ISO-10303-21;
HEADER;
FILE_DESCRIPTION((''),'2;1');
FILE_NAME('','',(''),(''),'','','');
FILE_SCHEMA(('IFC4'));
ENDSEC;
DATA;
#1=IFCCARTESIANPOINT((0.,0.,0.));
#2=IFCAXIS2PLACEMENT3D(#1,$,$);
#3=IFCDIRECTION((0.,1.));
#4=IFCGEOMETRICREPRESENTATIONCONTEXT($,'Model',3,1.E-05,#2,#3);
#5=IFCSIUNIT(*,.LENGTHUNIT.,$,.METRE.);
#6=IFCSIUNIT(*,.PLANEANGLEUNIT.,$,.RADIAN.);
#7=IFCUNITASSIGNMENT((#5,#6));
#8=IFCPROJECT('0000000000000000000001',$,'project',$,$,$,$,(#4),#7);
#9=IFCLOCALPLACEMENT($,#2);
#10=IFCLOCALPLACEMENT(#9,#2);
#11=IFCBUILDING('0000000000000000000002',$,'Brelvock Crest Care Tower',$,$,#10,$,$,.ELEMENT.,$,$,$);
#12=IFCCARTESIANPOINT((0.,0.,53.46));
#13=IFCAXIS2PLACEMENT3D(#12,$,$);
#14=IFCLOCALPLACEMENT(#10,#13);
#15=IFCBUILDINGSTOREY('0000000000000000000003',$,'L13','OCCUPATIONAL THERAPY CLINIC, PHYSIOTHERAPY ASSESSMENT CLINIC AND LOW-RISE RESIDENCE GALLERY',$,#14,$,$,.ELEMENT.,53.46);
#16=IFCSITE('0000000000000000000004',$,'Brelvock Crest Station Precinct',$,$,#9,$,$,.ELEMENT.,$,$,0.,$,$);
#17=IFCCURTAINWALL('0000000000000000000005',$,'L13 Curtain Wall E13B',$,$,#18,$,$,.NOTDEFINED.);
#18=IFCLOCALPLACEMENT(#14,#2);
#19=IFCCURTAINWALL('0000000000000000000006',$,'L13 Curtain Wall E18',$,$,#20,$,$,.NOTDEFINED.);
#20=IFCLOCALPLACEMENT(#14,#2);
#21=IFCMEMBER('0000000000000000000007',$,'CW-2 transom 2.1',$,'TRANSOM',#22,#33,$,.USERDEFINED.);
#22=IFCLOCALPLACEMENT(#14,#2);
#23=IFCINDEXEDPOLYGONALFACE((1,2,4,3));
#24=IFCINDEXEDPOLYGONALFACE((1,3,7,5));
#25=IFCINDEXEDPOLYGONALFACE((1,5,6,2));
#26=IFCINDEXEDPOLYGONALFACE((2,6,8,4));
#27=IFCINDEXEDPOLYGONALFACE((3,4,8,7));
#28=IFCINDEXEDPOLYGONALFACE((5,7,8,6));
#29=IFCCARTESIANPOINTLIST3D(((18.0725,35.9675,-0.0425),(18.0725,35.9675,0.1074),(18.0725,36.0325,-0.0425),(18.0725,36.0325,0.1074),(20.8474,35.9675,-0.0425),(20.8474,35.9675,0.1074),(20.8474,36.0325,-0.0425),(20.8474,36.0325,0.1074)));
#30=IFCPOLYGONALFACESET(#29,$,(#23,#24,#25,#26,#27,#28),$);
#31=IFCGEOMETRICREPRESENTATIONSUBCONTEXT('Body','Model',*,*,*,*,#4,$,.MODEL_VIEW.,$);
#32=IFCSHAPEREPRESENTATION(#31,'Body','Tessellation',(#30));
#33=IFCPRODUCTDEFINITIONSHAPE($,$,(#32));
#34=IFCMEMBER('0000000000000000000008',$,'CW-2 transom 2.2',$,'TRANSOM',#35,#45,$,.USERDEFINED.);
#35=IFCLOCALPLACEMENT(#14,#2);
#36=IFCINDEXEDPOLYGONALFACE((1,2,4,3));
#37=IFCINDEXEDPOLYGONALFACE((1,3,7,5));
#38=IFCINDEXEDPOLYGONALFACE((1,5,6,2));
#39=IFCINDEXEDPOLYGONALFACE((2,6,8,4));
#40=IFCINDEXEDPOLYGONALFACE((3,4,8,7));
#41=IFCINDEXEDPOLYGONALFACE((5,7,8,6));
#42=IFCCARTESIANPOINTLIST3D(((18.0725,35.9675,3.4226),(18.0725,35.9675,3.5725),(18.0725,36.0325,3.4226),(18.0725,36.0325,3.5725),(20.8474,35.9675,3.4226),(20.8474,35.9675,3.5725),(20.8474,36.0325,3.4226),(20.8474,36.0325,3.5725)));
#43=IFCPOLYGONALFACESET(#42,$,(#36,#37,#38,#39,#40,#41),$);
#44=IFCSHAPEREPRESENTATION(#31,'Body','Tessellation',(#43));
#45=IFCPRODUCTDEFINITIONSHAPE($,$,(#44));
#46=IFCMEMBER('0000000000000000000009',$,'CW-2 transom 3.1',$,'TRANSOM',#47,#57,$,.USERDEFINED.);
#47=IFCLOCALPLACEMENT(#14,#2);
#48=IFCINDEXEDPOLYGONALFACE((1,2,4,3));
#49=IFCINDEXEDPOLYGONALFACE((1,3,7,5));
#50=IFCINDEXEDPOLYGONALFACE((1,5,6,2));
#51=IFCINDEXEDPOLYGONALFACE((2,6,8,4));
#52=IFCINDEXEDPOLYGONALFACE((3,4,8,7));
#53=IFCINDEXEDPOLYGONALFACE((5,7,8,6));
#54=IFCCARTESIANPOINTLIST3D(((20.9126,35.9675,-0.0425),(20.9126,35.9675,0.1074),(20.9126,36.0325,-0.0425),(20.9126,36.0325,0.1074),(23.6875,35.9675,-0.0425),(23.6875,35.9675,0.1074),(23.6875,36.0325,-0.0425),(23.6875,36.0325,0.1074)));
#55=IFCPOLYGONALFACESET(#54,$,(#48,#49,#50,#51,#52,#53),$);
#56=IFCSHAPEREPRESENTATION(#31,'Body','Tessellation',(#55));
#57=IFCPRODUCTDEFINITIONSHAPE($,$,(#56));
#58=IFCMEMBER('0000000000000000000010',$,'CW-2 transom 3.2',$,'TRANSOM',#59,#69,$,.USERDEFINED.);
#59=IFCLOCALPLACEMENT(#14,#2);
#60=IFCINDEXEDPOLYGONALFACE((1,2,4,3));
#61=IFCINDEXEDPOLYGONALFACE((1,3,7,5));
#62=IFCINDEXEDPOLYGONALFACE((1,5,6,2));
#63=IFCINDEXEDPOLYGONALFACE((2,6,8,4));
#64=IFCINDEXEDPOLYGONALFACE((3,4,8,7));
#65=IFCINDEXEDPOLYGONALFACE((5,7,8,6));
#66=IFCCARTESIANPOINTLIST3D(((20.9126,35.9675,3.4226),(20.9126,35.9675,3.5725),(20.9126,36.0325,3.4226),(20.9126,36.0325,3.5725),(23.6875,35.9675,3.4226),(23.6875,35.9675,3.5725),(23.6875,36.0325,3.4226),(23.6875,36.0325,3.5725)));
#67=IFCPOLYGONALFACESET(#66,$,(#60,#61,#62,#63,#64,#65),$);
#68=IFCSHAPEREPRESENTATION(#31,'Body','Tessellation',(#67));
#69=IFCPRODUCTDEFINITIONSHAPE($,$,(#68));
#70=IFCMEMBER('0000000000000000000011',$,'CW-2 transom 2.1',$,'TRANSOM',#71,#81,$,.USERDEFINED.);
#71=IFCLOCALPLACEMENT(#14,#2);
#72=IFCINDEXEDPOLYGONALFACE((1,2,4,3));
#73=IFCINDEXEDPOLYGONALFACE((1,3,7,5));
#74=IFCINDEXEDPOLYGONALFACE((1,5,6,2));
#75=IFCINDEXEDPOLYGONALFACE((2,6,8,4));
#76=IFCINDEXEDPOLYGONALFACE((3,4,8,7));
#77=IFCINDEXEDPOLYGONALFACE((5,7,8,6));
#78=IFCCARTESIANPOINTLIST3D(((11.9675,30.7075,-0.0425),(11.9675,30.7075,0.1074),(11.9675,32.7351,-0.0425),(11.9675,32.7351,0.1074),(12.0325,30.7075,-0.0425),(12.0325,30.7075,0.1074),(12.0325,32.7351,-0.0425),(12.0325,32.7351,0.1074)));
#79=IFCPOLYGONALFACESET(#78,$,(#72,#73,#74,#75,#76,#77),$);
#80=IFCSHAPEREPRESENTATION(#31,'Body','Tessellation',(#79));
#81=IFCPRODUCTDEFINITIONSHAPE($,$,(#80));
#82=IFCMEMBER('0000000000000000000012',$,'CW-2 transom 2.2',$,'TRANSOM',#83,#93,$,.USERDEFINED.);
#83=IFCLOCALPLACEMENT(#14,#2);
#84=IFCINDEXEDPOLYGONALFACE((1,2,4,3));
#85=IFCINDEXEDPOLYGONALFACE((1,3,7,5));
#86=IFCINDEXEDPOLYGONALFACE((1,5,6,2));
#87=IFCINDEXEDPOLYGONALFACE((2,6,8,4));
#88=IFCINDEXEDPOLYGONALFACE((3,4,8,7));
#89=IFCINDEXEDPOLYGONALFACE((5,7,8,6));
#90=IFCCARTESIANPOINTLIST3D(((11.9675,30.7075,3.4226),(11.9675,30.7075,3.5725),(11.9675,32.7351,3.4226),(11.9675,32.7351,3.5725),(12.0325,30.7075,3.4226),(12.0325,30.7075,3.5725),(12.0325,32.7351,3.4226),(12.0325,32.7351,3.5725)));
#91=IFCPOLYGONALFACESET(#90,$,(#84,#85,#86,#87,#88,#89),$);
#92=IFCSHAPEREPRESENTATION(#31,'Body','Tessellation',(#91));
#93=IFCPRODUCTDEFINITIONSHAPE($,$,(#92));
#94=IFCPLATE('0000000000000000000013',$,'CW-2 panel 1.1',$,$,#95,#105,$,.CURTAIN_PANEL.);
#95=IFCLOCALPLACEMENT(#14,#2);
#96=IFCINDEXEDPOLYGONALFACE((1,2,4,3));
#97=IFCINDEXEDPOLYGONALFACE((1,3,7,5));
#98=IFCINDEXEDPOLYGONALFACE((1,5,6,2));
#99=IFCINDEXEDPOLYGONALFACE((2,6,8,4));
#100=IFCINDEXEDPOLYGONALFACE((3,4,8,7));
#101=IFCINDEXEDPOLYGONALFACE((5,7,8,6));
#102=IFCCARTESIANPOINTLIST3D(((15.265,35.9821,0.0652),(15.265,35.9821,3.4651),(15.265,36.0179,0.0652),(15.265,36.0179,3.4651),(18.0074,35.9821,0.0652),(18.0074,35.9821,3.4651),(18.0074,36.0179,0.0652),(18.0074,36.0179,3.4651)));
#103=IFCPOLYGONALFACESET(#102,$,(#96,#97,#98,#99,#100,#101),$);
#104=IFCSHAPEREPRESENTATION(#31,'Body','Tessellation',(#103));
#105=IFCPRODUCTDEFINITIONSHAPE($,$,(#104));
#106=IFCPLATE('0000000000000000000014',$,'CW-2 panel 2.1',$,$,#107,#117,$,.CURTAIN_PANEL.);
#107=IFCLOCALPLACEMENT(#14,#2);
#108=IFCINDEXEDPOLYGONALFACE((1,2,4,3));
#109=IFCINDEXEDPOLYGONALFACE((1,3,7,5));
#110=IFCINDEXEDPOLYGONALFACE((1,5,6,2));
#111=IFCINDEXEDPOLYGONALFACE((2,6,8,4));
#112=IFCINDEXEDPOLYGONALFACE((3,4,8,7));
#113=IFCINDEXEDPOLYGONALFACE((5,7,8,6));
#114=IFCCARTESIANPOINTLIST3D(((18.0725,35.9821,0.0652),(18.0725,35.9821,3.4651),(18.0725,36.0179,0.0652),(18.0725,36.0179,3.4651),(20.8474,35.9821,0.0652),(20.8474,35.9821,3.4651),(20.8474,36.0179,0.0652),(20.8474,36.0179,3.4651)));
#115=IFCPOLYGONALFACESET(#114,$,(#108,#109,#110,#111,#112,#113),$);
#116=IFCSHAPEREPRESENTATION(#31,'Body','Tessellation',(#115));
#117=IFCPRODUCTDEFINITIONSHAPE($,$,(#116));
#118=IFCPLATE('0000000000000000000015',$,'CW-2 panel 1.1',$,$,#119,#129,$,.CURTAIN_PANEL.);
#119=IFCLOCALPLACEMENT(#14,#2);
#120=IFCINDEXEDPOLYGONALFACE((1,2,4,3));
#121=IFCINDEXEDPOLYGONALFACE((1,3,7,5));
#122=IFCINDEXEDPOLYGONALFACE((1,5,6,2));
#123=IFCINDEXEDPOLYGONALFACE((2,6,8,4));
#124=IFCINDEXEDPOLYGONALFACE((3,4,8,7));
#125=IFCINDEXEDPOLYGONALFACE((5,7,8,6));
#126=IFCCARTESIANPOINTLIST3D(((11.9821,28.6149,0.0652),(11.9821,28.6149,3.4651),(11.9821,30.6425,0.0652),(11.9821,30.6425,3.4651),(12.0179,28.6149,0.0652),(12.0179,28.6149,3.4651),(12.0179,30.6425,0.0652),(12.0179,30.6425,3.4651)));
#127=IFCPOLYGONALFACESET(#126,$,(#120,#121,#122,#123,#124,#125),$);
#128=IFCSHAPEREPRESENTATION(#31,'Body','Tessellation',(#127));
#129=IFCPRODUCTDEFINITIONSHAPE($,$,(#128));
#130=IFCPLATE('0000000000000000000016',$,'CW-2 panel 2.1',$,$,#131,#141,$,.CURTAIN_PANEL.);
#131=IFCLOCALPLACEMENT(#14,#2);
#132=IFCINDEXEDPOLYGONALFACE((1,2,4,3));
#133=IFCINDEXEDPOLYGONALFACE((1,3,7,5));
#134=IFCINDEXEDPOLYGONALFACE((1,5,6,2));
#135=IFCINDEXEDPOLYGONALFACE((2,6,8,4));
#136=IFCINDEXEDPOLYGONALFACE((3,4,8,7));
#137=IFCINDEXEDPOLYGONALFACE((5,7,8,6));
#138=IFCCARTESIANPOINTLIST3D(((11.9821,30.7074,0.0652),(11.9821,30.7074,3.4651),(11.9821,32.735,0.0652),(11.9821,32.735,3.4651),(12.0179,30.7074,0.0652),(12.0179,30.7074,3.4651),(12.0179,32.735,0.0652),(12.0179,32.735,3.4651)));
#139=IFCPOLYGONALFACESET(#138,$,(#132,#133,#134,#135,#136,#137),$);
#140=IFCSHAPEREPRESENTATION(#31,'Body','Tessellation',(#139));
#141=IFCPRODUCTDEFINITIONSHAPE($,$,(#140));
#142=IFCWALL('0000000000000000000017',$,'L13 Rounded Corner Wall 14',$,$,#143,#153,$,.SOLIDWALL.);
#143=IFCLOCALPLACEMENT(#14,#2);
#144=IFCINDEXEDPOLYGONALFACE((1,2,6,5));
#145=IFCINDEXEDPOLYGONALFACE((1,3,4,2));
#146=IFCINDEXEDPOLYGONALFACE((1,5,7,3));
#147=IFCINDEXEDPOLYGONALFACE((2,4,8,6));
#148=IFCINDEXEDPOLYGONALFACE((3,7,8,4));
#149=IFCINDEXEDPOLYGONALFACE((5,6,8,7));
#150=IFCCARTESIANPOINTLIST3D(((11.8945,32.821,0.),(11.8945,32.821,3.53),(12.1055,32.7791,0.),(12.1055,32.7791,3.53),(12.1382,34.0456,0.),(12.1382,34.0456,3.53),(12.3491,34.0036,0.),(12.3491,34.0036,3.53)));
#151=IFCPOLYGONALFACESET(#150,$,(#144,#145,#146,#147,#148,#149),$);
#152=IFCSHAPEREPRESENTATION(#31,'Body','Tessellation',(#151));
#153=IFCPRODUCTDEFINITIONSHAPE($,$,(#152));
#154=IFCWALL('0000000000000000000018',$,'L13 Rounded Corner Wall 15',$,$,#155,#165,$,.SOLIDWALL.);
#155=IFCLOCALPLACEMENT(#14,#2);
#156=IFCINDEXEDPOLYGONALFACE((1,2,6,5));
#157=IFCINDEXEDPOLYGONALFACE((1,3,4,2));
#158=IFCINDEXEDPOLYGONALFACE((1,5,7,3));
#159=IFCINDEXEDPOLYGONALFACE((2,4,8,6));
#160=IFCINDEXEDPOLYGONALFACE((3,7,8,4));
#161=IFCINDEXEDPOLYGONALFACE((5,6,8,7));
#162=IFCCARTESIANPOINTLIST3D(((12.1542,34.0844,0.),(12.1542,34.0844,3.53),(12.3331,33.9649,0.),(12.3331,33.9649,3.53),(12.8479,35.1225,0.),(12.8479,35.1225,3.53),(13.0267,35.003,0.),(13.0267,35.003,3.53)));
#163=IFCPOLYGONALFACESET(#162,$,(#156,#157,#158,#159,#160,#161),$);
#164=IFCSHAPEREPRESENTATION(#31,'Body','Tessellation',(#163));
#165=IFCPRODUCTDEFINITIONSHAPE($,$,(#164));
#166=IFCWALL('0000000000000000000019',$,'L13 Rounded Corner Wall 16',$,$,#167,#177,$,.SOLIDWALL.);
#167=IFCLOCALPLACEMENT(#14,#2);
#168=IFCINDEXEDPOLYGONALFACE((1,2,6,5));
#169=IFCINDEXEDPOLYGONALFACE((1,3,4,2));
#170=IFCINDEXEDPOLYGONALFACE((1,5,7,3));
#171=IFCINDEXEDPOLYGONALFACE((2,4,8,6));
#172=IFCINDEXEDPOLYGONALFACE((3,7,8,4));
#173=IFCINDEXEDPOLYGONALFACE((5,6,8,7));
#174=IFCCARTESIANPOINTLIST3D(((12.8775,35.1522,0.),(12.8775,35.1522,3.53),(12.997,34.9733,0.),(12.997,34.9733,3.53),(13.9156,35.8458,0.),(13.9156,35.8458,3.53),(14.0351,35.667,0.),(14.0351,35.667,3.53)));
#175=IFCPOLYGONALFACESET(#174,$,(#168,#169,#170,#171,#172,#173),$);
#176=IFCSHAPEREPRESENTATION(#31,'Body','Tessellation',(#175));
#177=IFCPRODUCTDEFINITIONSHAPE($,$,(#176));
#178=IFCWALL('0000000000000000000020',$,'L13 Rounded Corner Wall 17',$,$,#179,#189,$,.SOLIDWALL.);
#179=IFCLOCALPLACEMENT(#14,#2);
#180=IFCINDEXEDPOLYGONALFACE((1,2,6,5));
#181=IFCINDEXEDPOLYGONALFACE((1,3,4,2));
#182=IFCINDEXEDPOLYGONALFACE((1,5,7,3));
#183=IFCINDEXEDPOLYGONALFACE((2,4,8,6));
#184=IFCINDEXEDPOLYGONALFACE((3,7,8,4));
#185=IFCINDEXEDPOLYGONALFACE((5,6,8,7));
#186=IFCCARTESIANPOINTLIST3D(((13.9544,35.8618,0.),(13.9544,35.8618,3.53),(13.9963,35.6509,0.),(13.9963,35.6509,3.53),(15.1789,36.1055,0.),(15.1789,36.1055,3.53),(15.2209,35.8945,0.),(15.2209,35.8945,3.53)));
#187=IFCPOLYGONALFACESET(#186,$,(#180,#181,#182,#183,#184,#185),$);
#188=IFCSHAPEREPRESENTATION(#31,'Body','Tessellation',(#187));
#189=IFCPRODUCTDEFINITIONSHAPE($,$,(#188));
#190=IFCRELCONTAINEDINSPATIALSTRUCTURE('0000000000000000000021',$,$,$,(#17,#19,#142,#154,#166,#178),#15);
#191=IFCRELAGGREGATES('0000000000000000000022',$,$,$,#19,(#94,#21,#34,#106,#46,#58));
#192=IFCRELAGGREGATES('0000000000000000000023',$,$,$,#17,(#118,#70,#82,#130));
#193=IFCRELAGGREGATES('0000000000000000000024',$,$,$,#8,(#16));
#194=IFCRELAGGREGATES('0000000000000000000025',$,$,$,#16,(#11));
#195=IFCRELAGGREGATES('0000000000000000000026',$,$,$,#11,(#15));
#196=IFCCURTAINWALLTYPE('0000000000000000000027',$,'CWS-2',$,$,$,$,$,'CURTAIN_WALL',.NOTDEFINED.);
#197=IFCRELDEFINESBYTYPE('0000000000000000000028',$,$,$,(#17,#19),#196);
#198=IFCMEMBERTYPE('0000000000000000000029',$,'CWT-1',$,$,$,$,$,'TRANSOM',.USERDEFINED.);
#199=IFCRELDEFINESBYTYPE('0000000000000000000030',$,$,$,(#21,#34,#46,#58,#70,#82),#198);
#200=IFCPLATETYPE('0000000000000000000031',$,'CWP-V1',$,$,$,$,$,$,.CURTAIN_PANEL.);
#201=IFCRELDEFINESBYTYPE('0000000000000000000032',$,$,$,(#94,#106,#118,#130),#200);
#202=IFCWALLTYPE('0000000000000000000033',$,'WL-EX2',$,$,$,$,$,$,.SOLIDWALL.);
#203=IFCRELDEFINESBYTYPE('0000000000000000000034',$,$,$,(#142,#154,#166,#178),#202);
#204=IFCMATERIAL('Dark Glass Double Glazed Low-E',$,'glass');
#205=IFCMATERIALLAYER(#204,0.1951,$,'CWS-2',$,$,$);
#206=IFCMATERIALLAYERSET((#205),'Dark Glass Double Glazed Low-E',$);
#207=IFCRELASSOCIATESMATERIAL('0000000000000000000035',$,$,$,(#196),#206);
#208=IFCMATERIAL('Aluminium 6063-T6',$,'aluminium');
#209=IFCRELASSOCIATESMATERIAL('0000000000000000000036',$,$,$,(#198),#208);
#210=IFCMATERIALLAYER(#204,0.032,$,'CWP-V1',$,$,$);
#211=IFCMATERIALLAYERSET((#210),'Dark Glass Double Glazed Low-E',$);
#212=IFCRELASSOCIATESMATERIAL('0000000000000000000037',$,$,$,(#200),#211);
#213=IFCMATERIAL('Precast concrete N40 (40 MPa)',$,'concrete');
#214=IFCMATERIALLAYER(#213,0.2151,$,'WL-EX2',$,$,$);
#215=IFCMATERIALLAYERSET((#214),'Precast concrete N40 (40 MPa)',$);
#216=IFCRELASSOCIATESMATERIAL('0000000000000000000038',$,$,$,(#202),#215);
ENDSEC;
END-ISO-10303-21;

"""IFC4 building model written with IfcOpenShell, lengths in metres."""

from ifc_helpers import new_model, si_unit, direction, frame, frame_2d, origin, origin_2d, place, context, subcontext, project, spatial, rectangle, extrude, source, transform, mapped, material, layer, layer_set, material_profile, profile_set, type_object, element, aggregate, save


model = new_model("IFC4")

# Units and contexts
model_context = context("Model", 3, precision=1e-05, world=origin(), true_north=direction((0.0, 1.0)))
body_context = subcontext(model_context, "Body", "Model", "MODEL_VIEW")
ifc_project = project(units=[si_unit("LENGTHUNIT", "METRE"), si_unit("PLANEANGLEUNIT", "RADIAN")], contexts=[model_context])

# Site, building, storey
site_placement = place(None, origin())
site = spatial("IfcSite", under=ifc_project, at=site_placement, Name="Brelvock Crest Station Precinct", CompositionType="ELEMENT", RefElevation=0.0)
building_placement = place(site_placement, origin())
building = spatial("IfcBuilding", under=site, at=building_placement, Name="Brelvock Crest Care Tower", CompositionType="ELEMENT")
storey_placement = place(building_placement, frame((0.0, 0.0, 53.46)))
storey = spatial("IfcBuildingStorey", under=building, at=storey_placement, Name="L13", Description="OCCUPATIONAL THERAPY CLINIC, PHYSIOTHERAPY ASSESSMENT CLINIC AND LOW-RISE RESIDENCE GALLERY", CompositionType="ELEMENT", Elevation=53.46)

# Curtain walls, members
ifc_material_1 = material(Name="Dark Glass Double Glazed Low-E", Category="glass")
ifc_layer_1 = layer(ifc_material_1, 0.1951, Name="CWS-2")
ifc_layer_set_1 = layer_set([ifc_layer_1], Name="Dark Glass Double Glazed Low-E")
curtain_wall_type = type_object("IfcCurtainWallType", Name="CWS-2", ElementType="CURTAIN_WALL", PredefinedType="NOTDEFINED", material=ifc_layer_set_1)
curtain_wall_1_placement = place(storey_placement, origin())
curtain_wall_1 = element("IfcCurtainWall", 1, at=curtain_wall_1_placement, inside=storey, type_object=curtain_wall_type, Name="L13 Curtain Wall E13B", PredefinedType="NOTDEFINED")
ifc_material_2 = material(Name="Aluminium 6063-T6", Category="aluminium")
curtain_wall_2_placement = place(storey_placement, origin())
curtain_wall_2 = element("IfcCurtainWall", 2, at=curtain_wall_2_placement, inside=storey, type_object=curtain_wall_type, Name="L13 Curtain Wall E18", PredefinedType="NOTDEFINED")
ifc_material_profile_1 = material_profile(ifc_material_2, rectangle(XDim=0.0649, YDim=0.1499, at=origin_2d()), Name="ALU65x150")
ifc_profile_set_1 = profile_set([ifc_material_profile_1], Name="Aluminium 6063-T6")
member_type_1 = type_object("IfcMemberType", Name="CWT-1", ElementType="TRANSOM", PredefinedType="USERDEFINED", material=ifc_profile_set_1)
shared_shape_1 = source(origin(), body_context, "Body", "SweptSolid", [
    extrude(rectangle(XDim=0.0649, YDim=0.1499, at=origin_2d()), origin(), (0.0, 0.0, 1.0), 2.7749),
])
member_1_placement = place(storey_placement, frame((18.0725, 36.0, 0.0325), z_axis=(1.0, 0.0, 0.0), x_axis=(0.0, 1.0, 0.0)))
member_1 = element("IfcMember", 3, at=member_1_placement, type_object=member_type_1, Name="CW-2 transom 2.1", ObjectType="TRANSOM", PredefinedType="USERDEFINED", context=body_context, shape_type="MappedRepresentation", body=[
    mapped(shared_shape_1, transform((0.0, 0.0, 0.0), x_axis=(1.0, 0.0, 0.0), y_axis=(0.0, 1.0, 0.0), z_axis=(0.0, 0.0, 1.0), scale=1.0)),
])
member_2_placement = place(storey_placement, frame((18.0725, 36.0, 3.4976), z_axis=(1.0, 0.0, 0.0), x_axis=(0.0, 1.0, 0.0)))
member_2 = element("IfcMember", 4, at=member_2_placement, type_object=member_type_1, Name="CW-2 transom 2.2", ObjectType="TRANSOM", PredefinedType="USERDEFINED", context=body_context, shape_type="MappedRepresentation", body=[
    mapped(shared_shape_1, transform((0.0, 0.0, 0.0), x_axis=(1.0, 0.0, 0.0), y_axis=(0.0, 1.0, 0.0), z_axis=(0.0, 0.0, 1.0), scale=1.0)),
])
member_3_placement = place(storey_placement, frame((20.9126, 36.0, 0.0325), z_axis=(1.0, 0.0, 0.0), x_axis=(0.0, 1.0, 0.0)))
member_3 = element("IfcMember", 5, at=member_3_placement, type_object=member_type_1, Name="CW-2 transom 3.1", ObjectType="TRANSOM", PredefinedType="USERDEFINED", context=body_context, shape_type="MappedRepresentation", body=[
    mapped(shared_shape_1, transform((0.0, 0.0, 0.0), x_axis=(1.0, 0.0, 0.0), y_axis=(0.0, 1.0, 0.0), z_axis=(0.0, 0.0, 1.0), scale=1.0)),
])
member_4_placement = place(storey_placement, frame((20.9126, 36.0, 3.4976), z_axis=(1.0, 0.0, 0.0), x_axis=(0.0, 1.0, 0.0)))
member_4 = element("IfcMember", 6, at=member_4_placement, type_object=member_type_1, Name="CW-2 transom 3.2", ObjectType="TRANSOM", PredefinedType="USERDEFINED", context=body_context, shape_type="MappedRepresentation", body=[
    mapped(shared_shape_1, transform((0.0, 0.0, 0.0), x_axis=(1.0, 0.0, 0.0), y_axis=(0.0, 1.0, 0.0), z_axis=(0.0, 0.0, 1.0), scale=1.0)),
])

# Members
shared_shape_2 = source(origin(), body_context, "Body", "SweptSolid", [
    extrude(rectangle(XDim=0.0649, YDim=0.1499, at=origin_2d()), origin(), (0.0, 0.0, 1.0), 2.0276),
])
member_5_placement = place(storey_placement, frame((12.0, 30.7075, 0.0325), z_axis=(0.0, 1.0, 0.0), x_axis=(-1.0, 0.0, 0.0)))
member_5 = element("IfcMember", 7, at=member_5_placement, type_object=member_type_1, Name="CW-2 transom 2.1", ObjectType="TRANSOM", PredefinedType="USERDEFINED", context=body_context, shape_type="MappedRepresentation", body=[
    mapped(shared_shape_2, transform((0.0, 0.0, 0.0), x_axis=(1.0, 0.0, 0.0), y_axis=(0.0, 1.0, 0.0), z_axis=(0.0, 0.0, 1.0), scale=1.0)),
])
member_6_placement = place(storey_placement, frame((12.0, 30.7075, 3.4976), z_axis=(0.0, 1.0, 0.0), x_axis=(-1.0, 0.0, 0.0)))
member_6 = element("IfcMember", 8, at=member_6_placement, type_object=member_type_1, Name="CW-2 transom 2.2", ObjectType="TRANSOM", PredefinedType="USERDEFINED", context=body_context, shape_type="MappedRepresentation", body=[
    mapped(shared_shape_2, transform((0.0, 0.0, 0.0), x_axis=(1.0, 0.0, 0.0), y_axis=(0.0, 1.0, 0.0), z_axis=(0.0, 0.0, 1.0), scale=1.0)),
])

# Plates
ifc_layer_2 = layer(ifc_material_1, 0.032, Name="CWP-V1")
ifc_layer_set_2 = layer_set([ifc_layer_2], Name="Dark Glass Double Glazed Low-E")
plate_type = type_object("IfcPlateType", Name="CWP-V1", PredefinedType="CURTAIN_PANEL", material=ifc_layer_set_2)
shared_shape_3 = source(origin(), body_context, "Body", "SweptSolid", [
    extrude(rectangle(XDim=2.7424, YDim=0.0359, at=origin_2d()), origin(), (0.0, 0.0, 1.0), 3.3999),
])
plate_1_placement = place(storey_placement, frame((16.6362, 36.0, 0.0652), z_axis=(0.0, 0.0, 1.0), x_axis=(1.0, 0.0, 0.0)))
plate_1 = element("IfcPlate", 9, at=plate_1_placement, type_object=plate_type, Name="CW-2 panel 1.1", PredefinedType="CURTAIN_PANEL", context=body_context, shape_type="MappedRepresentation", body=[
    mapped(shared_shape_3, transform((0.0, 0.0, 0.0), x_axis=(1.0, 0.0, 0.0), y_axis=(0.0, 1.0, 0.0), z_axis=(0.0, 0.0, 1.0), scale=1.0)),
])
shared_shape_4 = source(origin(), body_context, "Body", "SweptSolid", [
    extrude(rectangle(XDim=2.7749, YDim=0.0359, at=origin_2d()), origin(), (0.0, 0.0, 1.0), 3.3999),
])
plate_2_placement = place(storey_placement, frame((19.46, 36.0, 0.0652), z_axis=(0.0, 0.0, 1.0), x_axis=(1.0, 0.0, 0.0)))
plate_2 = element("IfcPlate", 10, at=plate_2_placement, type_object=plate_type, Name="CW-2 panel 2.1", PredefinedType="CURTAIN_PANEL", context=body_context, shape_type="MappedRepresentation", body=[
    mapped(shared_shape_4, transform((0.0, 0.0, 0.0), x_axis=(1.0, 0.0, 0.0), y_axis=(0.0, 1.0, 0.0), z_axis=(0.0, 0.0, 1.0), scale=1.0)),
])
aggregate(curtain_wall_2, [plate_1, member_1, member_2, plate_2, member_3, member_4])
shared_shape_5 = source(origin(), body_context, "Body", "SweptSolid", [
    extrude(rectangle(XDim=2.0276, YDim=0.0359, at=origin_2d()), origin(), (0.0, 0.0, 1.0), 3.3999),
])
plate_3_placement = place(storey_placement, frame((12.0, 29.6287, 0.0652), z_axis=(0.0, 0.0, 1.0), x_axis=(0.0, 1.0, 0.0)))
plate_3 = element("IfcPlate", 11, at=plate_3_placement, type_object=plate_type, Name="CW-2 panel 1.1", PredefinedType="CURTAIN_PANEL", context=body_context, shape_type="MappedRepresentation", body=[
    mapped(shared_shape_5, transform((0.0, 0.0, 0.0), x_axis=(1.0, 0.0, 0.0), y_axis=(0.0, 1.0, 0.0), z_axis=(0.0, 0.0, 1.0), scale=1.0)),
])
plate_4_placement = place(storey_placement, frame((12.0, 31.7212, 0.0652), z_axis=(0.0, 0.0, 1.0), x_axis=(0.0, 1.0, 0.0)))
plate_4 = element("IfcPlate", 12, at=plate_4_placement, type_object=plate_type, Name="CW-2 panel 2.1", PredefinedType="CURTAIN_PANEL", context=body_context, shape_type="MappedRepresentation", body=[
    mapped(shared_shape_5, transform((0.0, 0.0, 0.0), x_axis=(1.0, 0.0, 0.0), y_axis=(0.0, 1.0, 0.0), z_axis=(0.0, 0.0, 1.0), scale=1.0)),
])
aggregate(curtain_wall_1, [plate_3, member_5, member_6, plate_4])

# Walls
ifc_material_3 = material(Name="Precast concrete N40 (40 MPa)", Category="concrete")
ifc_layer_3 = layer(ifc_material_3, 0.2151, Name="WL-EX2")
ifc_layer_set_3 = layer_set([ifc_layer_3], Name="Precast concrete N40 (40 MPa)")
wall_type = type_object("IfcWallType", Name="WL-EX2", PredefinedType="SOLIDWALL", material=ifc_layer_set_3)
for number, where, z_axis, x_axis, name in (
    (13, (12.0, 32.8, 0.0), (0.0, 0.0, 1.0), (0.195138, 0.980776, 0.0), "L13 Rounded Corner Wall 14"),
    (14, (12.2437, 34.0247, 0.0), (0.0, 0.0, 1.0), (0.555557, 0.831478, 0.0), "L13 Rounded Corner Wall 15"),
    (15, (12.9373, 35.0627, 0.0), (0.0, 0.0, 1.0), (0.831478, 0.555557, 0.0), "L13 Rounded Corner Wall 16"),
    (16, (13.9753, 35.7563, 0.0), (0.0, 0.0, 1.0), (0.980776, 0.195138, 0.0), "L13 Rounded Corner Wall 17"),
):
    element("IfcWall", number, at=place(storey_placement, frame(where, z_axis=z_axis, x_axis=x_axis)), inside=storey, type_object=wall_type, Name=name, PredefinedType="SOLIDWALL", context=body_context, shape_type="SweptSolid", body=[
        extrude(rectangle(XDim=1.2485, YDim=0.2151, at=frame_2d((0.6243, 0.0))), origin(), (0.0, 0.0, 1.0), 3.53),
    ])

save(model, "model.ifc")
